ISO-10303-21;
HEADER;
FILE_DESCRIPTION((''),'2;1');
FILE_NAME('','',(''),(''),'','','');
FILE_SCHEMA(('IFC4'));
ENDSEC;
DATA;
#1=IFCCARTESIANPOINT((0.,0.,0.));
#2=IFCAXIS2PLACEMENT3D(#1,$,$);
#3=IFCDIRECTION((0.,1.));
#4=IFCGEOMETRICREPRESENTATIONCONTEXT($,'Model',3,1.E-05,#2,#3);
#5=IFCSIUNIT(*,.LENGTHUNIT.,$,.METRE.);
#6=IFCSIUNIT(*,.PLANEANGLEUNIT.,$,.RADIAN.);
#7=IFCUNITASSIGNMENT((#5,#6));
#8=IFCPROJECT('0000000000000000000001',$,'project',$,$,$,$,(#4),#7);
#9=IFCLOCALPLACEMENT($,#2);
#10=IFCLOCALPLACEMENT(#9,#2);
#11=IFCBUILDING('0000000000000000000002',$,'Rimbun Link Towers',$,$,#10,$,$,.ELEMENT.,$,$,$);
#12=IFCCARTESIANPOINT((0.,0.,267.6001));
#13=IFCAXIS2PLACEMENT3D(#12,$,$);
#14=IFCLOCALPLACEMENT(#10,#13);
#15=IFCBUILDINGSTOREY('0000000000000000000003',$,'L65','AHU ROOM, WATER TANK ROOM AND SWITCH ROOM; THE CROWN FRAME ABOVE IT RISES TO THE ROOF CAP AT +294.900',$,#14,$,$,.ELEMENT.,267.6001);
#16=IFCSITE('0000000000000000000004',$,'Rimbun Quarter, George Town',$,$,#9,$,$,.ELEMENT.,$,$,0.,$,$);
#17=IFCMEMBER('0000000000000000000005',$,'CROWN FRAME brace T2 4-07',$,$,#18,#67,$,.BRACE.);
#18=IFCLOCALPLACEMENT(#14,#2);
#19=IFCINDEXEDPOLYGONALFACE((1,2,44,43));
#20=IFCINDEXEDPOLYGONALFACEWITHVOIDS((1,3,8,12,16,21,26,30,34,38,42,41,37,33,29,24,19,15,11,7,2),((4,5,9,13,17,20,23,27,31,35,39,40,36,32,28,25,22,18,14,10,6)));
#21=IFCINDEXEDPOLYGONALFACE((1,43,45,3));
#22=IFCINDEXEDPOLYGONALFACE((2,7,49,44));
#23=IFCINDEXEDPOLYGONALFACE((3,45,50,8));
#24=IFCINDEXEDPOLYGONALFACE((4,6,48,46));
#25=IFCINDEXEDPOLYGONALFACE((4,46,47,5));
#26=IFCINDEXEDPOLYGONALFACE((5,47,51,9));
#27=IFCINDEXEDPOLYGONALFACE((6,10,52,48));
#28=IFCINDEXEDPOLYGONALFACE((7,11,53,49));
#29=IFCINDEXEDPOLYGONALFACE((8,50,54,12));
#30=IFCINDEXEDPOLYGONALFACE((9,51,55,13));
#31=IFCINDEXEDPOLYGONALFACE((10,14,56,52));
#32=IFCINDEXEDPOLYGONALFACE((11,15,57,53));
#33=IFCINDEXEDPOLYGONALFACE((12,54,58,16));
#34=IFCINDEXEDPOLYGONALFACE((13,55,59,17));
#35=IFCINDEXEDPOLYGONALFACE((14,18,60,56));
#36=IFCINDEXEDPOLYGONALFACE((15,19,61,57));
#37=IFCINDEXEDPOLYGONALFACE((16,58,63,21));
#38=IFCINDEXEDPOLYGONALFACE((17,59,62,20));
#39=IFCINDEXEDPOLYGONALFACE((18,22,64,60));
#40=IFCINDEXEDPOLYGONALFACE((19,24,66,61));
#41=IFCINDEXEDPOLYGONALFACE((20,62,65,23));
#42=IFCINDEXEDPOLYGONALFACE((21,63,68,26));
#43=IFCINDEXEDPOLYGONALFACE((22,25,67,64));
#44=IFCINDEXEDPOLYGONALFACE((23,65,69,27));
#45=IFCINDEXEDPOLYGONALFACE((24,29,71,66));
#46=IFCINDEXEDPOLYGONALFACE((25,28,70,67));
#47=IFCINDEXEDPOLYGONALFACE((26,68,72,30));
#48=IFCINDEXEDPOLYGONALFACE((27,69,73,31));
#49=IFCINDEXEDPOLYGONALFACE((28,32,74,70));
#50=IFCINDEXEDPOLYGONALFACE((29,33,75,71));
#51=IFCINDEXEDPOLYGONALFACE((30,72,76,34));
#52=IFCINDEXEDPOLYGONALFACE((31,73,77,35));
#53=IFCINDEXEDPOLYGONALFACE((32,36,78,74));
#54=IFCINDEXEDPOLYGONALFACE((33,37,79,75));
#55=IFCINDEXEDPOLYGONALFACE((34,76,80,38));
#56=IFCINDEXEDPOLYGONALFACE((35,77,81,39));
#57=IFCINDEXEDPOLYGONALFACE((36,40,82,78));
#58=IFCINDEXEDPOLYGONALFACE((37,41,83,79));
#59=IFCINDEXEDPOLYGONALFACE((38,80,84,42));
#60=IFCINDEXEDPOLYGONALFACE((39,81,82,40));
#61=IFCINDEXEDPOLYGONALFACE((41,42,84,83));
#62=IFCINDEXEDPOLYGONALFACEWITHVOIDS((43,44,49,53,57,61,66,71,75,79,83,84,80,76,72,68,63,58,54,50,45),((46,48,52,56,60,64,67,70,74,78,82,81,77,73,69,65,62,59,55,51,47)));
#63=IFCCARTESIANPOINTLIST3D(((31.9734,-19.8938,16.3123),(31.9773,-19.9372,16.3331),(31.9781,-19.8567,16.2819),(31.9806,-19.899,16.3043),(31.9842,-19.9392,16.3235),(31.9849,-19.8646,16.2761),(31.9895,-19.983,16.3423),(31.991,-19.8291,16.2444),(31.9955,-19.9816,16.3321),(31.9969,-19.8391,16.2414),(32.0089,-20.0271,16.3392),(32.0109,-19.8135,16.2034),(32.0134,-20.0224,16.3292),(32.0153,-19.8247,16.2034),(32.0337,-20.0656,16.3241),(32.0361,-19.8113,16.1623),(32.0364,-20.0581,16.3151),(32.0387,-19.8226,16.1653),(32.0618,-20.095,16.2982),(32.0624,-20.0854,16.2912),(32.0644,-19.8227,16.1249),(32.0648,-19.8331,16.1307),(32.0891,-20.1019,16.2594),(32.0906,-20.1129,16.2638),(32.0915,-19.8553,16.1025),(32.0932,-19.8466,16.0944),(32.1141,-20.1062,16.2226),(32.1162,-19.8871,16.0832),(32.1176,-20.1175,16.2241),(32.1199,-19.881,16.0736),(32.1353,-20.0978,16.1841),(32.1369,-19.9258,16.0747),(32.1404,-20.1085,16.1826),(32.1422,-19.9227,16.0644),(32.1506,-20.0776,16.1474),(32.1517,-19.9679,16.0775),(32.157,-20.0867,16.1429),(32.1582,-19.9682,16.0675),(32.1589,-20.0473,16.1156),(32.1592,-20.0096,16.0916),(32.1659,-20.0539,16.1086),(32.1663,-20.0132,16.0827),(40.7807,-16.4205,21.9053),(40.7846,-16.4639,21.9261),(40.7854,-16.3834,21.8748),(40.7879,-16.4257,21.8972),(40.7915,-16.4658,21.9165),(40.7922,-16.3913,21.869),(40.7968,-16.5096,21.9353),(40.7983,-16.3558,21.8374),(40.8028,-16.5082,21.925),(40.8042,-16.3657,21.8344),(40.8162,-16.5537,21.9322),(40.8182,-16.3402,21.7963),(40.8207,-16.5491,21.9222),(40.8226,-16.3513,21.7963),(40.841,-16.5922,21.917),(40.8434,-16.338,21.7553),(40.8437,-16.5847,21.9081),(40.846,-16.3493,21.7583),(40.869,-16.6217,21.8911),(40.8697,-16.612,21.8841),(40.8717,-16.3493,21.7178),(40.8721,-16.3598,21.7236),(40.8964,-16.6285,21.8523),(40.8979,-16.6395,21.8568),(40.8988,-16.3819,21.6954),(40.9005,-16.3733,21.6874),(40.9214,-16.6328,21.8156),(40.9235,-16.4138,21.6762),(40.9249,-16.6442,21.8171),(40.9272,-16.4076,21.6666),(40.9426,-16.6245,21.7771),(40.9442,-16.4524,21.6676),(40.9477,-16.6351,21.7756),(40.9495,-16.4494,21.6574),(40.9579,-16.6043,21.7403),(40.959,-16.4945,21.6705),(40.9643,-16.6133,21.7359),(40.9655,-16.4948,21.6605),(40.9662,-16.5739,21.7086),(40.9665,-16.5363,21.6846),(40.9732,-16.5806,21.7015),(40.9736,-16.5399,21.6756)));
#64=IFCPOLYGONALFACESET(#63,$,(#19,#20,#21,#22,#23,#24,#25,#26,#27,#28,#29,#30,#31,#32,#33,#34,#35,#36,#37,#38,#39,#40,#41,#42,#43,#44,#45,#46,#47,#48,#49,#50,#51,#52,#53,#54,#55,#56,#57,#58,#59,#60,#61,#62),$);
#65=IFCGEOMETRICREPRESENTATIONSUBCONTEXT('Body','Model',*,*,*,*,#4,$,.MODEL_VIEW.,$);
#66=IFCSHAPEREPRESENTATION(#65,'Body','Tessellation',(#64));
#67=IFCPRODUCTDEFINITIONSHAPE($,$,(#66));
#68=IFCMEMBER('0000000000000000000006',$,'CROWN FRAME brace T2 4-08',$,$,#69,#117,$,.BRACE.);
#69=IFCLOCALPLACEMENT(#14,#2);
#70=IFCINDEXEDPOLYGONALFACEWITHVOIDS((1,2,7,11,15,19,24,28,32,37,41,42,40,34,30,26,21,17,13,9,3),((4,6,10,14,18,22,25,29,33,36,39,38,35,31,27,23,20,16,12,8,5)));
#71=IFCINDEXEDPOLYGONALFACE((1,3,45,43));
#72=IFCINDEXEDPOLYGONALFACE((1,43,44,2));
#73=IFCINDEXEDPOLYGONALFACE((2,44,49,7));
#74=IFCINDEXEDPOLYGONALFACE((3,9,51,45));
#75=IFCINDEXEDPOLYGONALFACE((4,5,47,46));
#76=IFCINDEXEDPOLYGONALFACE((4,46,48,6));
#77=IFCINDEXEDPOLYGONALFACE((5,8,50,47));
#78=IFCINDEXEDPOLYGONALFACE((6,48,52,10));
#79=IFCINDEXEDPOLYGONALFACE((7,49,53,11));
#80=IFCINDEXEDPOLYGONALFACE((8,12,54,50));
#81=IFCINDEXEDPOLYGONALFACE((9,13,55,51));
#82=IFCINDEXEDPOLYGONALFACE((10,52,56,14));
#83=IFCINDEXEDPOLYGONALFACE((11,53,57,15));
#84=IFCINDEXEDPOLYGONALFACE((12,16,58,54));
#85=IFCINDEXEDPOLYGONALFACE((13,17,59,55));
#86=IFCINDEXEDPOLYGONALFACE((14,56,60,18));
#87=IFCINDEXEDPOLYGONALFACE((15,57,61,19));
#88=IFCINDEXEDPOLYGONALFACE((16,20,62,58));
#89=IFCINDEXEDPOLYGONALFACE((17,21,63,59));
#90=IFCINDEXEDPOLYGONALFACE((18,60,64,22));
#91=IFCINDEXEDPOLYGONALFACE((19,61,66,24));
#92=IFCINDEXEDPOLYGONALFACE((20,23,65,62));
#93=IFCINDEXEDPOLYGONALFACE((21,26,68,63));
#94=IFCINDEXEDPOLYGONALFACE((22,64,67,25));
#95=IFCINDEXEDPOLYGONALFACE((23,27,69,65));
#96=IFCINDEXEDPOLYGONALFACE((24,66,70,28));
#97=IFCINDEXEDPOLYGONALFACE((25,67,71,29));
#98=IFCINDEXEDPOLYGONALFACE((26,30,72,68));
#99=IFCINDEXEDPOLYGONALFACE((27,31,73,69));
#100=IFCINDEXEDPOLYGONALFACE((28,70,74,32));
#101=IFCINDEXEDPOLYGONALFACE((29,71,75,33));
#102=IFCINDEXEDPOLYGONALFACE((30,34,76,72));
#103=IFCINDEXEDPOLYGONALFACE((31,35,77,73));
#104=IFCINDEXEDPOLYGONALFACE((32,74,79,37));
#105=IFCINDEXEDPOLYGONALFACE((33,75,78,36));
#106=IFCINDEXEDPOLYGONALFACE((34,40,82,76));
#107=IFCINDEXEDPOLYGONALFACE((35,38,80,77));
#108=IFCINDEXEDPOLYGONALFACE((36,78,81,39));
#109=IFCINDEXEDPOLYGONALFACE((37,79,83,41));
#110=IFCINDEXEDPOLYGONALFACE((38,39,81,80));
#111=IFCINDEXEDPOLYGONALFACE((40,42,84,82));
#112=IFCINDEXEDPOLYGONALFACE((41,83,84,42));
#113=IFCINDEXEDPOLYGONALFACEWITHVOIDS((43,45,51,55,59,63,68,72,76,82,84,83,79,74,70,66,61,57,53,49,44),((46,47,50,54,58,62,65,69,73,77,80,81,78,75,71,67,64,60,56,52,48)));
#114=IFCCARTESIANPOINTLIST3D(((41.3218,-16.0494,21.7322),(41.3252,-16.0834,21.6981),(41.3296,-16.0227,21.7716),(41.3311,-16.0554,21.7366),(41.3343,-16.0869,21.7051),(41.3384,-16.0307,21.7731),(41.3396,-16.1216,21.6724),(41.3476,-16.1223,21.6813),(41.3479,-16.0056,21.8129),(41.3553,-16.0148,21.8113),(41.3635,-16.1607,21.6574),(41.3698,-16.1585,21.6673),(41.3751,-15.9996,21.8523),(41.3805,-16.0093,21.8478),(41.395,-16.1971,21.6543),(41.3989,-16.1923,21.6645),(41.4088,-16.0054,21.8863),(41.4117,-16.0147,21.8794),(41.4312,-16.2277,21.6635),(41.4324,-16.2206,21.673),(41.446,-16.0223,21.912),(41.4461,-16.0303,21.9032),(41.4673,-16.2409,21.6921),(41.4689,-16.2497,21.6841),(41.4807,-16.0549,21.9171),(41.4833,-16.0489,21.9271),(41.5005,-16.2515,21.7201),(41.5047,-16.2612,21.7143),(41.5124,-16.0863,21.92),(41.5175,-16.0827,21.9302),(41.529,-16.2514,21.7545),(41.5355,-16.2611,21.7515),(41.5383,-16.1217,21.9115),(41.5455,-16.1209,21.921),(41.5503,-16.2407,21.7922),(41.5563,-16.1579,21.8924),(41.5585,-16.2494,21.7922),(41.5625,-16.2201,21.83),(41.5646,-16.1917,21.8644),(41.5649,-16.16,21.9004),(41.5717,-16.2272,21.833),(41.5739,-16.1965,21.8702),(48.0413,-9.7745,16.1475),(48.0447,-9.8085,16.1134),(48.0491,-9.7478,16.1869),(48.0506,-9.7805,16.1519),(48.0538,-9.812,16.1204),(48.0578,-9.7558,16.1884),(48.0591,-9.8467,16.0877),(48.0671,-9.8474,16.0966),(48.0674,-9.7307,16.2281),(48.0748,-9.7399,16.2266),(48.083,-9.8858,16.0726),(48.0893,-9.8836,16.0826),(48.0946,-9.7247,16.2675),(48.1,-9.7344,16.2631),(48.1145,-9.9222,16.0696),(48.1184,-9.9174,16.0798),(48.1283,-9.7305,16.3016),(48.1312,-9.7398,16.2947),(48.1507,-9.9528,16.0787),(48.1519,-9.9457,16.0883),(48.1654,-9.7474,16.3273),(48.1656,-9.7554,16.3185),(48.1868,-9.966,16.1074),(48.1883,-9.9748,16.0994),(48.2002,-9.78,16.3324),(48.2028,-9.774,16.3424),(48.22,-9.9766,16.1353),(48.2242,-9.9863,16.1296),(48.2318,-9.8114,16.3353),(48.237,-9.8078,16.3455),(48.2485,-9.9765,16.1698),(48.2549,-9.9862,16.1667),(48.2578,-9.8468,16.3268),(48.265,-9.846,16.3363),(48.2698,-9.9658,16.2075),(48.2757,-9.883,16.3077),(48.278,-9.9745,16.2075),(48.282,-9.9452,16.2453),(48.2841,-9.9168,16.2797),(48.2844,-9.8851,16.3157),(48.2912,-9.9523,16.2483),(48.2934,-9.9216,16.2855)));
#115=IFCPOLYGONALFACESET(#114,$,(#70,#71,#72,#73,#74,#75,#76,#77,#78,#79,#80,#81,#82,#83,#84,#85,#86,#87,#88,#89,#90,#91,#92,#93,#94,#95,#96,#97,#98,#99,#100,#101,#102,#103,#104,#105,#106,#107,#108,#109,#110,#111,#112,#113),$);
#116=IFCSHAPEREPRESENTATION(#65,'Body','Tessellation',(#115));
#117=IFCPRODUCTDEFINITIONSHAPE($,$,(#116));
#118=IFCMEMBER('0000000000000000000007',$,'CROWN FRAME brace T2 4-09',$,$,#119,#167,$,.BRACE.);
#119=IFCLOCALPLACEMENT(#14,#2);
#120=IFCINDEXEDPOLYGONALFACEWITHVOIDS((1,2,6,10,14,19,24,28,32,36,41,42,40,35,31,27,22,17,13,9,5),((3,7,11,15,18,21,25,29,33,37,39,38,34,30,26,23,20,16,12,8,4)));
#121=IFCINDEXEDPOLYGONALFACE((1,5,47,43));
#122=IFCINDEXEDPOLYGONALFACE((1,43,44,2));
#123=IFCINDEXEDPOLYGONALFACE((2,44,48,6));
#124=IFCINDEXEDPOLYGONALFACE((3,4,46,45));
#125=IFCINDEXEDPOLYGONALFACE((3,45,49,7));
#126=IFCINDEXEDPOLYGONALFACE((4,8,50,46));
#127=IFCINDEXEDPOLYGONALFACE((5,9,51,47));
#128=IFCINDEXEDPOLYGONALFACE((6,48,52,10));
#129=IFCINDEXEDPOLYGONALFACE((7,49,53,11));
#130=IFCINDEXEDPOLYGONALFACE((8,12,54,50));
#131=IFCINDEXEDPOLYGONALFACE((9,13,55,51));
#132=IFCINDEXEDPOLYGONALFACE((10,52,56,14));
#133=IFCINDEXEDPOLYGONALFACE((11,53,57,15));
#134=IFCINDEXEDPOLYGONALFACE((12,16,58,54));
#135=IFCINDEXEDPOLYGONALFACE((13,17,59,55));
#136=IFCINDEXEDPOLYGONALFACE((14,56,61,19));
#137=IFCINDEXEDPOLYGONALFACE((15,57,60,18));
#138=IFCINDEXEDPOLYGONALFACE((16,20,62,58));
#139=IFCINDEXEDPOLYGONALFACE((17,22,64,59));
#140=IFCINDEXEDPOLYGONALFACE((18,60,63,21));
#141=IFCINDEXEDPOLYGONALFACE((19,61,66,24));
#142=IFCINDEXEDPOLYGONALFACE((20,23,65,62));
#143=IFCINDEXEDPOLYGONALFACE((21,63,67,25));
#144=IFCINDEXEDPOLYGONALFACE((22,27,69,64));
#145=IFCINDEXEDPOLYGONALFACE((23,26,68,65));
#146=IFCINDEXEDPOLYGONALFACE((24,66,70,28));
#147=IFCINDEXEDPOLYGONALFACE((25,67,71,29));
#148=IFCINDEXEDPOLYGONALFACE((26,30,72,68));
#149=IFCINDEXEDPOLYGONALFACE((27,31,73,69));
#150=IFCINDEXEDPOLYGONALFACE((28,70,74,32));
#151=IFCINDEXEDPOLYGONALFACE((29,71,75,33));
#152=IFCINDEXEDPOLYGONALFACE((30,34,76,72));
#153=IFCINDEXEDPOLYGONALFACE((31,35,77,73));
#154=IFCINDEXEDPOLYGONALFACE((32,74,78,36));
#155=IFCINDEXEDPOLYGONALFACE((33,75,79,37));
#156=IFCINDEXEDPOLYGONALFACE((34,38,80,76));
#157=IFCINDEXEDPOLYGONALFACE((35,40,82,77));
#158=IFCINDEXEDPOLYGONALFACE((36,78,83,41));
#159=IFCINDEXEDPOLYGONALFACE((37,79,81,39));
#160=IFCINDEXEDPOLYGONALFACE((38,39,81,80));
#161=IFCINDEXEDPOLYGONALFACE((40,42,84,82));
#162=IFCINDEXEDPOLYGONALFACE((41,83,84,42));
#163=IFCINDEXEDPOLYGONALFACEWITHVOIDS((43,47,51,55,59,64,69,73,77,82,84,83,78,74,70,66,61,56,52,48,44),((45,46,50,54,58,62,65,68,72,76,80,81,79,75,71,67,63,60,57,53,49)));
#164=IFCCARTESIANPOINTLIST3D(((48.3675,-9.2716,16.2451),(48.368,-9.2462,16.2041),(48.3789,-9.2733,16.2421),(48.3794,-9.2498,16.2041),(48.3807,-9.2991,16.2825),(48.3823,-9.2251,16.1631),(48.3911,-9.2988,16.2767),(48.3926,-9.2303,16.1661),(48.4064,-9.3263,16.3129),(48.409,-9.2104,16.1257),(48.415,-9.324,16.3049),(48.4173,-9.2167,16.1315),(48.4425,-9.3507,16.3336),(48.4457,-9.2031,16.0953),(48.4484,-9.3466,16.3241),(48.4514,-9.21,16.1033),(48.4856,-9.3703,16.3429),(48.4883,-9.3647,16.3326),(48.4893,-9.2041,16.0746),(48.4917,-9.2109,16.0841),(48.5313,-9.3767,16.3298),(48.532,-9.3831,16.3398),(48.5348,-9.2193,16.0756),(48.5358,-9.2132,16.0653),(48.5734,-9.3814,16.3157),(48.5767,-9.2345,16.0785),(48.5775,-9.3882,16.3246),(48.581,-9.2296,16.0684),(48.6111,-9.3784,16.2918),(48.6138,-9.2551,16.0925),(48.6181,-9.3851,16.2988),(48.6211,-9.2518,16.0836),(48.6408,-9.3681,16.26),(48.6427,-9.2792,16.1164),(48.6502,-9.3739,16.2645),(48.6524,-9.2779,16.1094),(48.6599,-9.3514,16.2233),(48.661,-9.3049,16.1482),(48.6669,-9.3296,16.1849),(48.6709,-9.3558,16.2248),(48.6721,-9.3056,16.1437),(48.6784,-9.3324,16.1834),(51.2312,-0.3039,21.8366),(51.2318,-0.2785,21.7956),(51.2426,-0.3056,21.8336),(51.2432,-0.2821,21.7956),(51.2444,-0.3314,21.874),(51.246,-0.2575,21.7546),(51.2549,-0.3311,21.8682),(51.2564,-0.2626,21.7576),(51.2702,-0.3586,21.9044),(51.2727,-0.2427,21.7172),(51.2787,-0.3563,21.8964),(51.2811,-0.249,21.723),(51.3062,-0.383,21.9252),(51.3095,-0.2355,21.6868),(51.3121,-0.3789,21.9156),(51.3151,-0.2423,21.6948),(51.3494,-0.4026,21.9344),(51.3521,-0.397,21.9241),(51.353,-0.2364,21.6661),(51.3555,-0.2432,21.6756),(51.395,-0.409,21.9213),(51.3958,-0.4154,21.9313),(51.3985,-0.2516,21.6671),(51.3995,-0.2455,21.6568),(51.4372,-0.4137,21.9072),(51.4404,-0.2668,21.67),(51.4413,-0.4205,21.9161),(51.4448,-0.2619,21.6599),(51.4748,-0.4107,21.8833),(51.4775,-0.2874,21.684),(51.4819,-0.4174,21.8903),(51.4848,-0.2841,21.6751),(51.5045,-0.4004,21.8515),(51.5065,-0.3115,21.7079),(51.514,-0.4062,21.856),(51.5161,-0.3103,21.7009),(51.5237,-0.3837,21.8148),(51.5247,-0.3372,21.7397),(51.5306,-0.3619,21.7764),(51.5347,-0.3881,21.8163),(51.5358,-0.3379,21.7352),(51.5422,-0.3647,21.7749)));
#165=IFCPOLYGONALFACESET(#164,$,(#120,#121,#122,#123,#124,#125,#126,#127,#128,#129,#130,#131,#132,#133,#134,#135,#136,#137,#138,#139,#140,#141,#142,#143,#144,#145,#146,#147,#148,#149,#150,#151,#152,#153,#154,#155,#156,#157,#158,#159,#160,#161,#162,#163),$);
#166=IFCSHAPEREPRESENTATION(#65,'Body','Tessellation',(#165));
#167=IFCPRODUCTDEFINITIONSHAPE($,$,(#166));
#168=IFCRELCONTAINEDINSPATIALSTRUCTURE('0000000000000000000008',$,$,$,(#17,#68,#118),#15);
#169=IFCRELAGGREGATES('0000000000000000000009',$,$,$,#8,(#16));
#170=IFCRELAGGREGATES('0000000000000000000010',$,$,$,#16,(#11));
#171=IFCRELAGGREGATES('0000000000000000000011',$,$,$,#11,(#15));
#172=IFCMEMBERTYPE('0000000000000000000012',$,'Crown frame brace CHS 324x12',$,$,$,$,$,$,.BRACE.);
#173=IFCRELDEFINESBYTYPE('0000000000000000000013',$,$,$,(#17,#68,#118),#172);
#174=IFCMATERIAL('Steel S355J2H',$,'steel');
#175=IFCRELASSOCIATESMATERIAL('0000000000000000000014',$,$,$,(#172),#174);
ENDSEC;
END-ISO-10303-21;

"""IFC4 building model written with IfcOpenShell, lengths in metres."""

from ifc_helpers import new_model, si_unit, direction, frame, origin, origin_2d, place, context, subcontext, project, spatial, hollow_circle, extrude, material, material_profile, profile_set, type_object, element, save


model = new_model("IFC4")

# Units and contexts
model_context = context("Model", 3, precision=1e-05, world=origin(), true_north=direction((0.0, 1.0)))
body_context = subcontext(model_context, "Body", "Model", "MODEL_VIEW")
ifc_project = project(units=[si_unit("LENGTHUNIT", "METRE"), si_unit("PLANEANGLEUNIT", "RADIAN")], contexts=[model_context])

# Site, building, storey
site_placement = place(None, origin())
site = spatial("IfcSite", under=ifc_project, at=site_placement, Name="Rimbun Quarter, George Town", CompositionType="ELEMENT", RefElevation=0.0)
building_placement = place(site_placement, origin())
building = spatial("IfcBuilding", under=site, at=building_placement, Name="Rimbun Link Towers", CompositionType="ELEMENT")
storey_placement = place(building_placement, frame((0.0, 0.0, 267.6001)))
storey = spatial("IfcBuildingStorey", under=building, at=storey_placement, Name="L65", Description="AHU ROOM, WATER TANK ROOM AND SWITCH ROOM; THE CROWN FRAME ABOVE IT RISES TO THE ROOF CAP AT +294.900", CompositionType="ELEMENT", Elevation=267.6001)

# Members
ifc_material_1 = material(Name="Steel S355J2H", Category="steel")
ifc_material_profile_1 = material_profile(ifc_material_1, hollow_circle(Radius=0.1619, WallThickness=0.012, at=origin_2d()), Name="Crown frame brace CHS 324x12")
ifc_profile_set_1 = profile_set([ifc_material_profile_1], Name="Steel S355J2H")
member_type_1 = type_object("IfcMemberType", Name="Crown frame brace CHS 324x12", PredefinedType="BRACE", material=ifc_profile_set_1)
member_1_placement = place(storey_placement, frame((32.0703, -19.9641, 16.2034), z_axis=(0.800948, 0.315872, 0.508633), x_axis=(-0.366874, 0.930271, 0.0)))
element("IfcMember", 1, at=member_1_placement, inside=storey, type_object=member_type_1, Name="CROWN FRAME brace T2 4-07", PredefinedType="BRACE", context=body_context, shape_type="SweptSolid", body=[
    extrude(hollow_circle(Radius=0.1619, WallThickness=0.012, at=origin_2d()), origin(), (0.0, 0.0, 1.0), 10.9961),
])
member_2_placement = place(storey_placement, frame((48.1675, -9.8562, 16.2075), z_axis=(-0.624656, -0.583327, 0.519166), x_axis=(0.682515, -0.730872, 0.0)))
element("IfcMember", 2, at=member_2_placement, inside=storey, type_object=member_type_1, Name="CROWN FRAME brace T2 4-08", PredefinedType="BRACE", context=body_context, shape_type="SweptSolid", body=[
    extrude(hollow_circle(Radius=0.1619, WallThickness=0.012, at=origin_2d()), origin(), (0.0, 0.0, 1.0), 10.7571),
])
member_3_placement = place(storey_placement, frame((48.5222, -9.2954, 16.2041), z_axis=(0.261548, 0.819026, 0.510676), x_axis=(-0.952606, 0.304205, 0.0)))
element("IfcMember", 3, at=member_3_placement, inside=storey, type_object=member_type_1, Name="CROWN FRAME brace T2 4-09", PredefinedType="BRACE", context=body_context, shape_type="SweptSolid", body=[
    extrude(hollow_circle(Radius=0.1619, WallThickness=0.012, at=origin_2d()), origin(), (0.0, 0.0, 1.0), 10.9492),
])

save(model, "model.ifc")
